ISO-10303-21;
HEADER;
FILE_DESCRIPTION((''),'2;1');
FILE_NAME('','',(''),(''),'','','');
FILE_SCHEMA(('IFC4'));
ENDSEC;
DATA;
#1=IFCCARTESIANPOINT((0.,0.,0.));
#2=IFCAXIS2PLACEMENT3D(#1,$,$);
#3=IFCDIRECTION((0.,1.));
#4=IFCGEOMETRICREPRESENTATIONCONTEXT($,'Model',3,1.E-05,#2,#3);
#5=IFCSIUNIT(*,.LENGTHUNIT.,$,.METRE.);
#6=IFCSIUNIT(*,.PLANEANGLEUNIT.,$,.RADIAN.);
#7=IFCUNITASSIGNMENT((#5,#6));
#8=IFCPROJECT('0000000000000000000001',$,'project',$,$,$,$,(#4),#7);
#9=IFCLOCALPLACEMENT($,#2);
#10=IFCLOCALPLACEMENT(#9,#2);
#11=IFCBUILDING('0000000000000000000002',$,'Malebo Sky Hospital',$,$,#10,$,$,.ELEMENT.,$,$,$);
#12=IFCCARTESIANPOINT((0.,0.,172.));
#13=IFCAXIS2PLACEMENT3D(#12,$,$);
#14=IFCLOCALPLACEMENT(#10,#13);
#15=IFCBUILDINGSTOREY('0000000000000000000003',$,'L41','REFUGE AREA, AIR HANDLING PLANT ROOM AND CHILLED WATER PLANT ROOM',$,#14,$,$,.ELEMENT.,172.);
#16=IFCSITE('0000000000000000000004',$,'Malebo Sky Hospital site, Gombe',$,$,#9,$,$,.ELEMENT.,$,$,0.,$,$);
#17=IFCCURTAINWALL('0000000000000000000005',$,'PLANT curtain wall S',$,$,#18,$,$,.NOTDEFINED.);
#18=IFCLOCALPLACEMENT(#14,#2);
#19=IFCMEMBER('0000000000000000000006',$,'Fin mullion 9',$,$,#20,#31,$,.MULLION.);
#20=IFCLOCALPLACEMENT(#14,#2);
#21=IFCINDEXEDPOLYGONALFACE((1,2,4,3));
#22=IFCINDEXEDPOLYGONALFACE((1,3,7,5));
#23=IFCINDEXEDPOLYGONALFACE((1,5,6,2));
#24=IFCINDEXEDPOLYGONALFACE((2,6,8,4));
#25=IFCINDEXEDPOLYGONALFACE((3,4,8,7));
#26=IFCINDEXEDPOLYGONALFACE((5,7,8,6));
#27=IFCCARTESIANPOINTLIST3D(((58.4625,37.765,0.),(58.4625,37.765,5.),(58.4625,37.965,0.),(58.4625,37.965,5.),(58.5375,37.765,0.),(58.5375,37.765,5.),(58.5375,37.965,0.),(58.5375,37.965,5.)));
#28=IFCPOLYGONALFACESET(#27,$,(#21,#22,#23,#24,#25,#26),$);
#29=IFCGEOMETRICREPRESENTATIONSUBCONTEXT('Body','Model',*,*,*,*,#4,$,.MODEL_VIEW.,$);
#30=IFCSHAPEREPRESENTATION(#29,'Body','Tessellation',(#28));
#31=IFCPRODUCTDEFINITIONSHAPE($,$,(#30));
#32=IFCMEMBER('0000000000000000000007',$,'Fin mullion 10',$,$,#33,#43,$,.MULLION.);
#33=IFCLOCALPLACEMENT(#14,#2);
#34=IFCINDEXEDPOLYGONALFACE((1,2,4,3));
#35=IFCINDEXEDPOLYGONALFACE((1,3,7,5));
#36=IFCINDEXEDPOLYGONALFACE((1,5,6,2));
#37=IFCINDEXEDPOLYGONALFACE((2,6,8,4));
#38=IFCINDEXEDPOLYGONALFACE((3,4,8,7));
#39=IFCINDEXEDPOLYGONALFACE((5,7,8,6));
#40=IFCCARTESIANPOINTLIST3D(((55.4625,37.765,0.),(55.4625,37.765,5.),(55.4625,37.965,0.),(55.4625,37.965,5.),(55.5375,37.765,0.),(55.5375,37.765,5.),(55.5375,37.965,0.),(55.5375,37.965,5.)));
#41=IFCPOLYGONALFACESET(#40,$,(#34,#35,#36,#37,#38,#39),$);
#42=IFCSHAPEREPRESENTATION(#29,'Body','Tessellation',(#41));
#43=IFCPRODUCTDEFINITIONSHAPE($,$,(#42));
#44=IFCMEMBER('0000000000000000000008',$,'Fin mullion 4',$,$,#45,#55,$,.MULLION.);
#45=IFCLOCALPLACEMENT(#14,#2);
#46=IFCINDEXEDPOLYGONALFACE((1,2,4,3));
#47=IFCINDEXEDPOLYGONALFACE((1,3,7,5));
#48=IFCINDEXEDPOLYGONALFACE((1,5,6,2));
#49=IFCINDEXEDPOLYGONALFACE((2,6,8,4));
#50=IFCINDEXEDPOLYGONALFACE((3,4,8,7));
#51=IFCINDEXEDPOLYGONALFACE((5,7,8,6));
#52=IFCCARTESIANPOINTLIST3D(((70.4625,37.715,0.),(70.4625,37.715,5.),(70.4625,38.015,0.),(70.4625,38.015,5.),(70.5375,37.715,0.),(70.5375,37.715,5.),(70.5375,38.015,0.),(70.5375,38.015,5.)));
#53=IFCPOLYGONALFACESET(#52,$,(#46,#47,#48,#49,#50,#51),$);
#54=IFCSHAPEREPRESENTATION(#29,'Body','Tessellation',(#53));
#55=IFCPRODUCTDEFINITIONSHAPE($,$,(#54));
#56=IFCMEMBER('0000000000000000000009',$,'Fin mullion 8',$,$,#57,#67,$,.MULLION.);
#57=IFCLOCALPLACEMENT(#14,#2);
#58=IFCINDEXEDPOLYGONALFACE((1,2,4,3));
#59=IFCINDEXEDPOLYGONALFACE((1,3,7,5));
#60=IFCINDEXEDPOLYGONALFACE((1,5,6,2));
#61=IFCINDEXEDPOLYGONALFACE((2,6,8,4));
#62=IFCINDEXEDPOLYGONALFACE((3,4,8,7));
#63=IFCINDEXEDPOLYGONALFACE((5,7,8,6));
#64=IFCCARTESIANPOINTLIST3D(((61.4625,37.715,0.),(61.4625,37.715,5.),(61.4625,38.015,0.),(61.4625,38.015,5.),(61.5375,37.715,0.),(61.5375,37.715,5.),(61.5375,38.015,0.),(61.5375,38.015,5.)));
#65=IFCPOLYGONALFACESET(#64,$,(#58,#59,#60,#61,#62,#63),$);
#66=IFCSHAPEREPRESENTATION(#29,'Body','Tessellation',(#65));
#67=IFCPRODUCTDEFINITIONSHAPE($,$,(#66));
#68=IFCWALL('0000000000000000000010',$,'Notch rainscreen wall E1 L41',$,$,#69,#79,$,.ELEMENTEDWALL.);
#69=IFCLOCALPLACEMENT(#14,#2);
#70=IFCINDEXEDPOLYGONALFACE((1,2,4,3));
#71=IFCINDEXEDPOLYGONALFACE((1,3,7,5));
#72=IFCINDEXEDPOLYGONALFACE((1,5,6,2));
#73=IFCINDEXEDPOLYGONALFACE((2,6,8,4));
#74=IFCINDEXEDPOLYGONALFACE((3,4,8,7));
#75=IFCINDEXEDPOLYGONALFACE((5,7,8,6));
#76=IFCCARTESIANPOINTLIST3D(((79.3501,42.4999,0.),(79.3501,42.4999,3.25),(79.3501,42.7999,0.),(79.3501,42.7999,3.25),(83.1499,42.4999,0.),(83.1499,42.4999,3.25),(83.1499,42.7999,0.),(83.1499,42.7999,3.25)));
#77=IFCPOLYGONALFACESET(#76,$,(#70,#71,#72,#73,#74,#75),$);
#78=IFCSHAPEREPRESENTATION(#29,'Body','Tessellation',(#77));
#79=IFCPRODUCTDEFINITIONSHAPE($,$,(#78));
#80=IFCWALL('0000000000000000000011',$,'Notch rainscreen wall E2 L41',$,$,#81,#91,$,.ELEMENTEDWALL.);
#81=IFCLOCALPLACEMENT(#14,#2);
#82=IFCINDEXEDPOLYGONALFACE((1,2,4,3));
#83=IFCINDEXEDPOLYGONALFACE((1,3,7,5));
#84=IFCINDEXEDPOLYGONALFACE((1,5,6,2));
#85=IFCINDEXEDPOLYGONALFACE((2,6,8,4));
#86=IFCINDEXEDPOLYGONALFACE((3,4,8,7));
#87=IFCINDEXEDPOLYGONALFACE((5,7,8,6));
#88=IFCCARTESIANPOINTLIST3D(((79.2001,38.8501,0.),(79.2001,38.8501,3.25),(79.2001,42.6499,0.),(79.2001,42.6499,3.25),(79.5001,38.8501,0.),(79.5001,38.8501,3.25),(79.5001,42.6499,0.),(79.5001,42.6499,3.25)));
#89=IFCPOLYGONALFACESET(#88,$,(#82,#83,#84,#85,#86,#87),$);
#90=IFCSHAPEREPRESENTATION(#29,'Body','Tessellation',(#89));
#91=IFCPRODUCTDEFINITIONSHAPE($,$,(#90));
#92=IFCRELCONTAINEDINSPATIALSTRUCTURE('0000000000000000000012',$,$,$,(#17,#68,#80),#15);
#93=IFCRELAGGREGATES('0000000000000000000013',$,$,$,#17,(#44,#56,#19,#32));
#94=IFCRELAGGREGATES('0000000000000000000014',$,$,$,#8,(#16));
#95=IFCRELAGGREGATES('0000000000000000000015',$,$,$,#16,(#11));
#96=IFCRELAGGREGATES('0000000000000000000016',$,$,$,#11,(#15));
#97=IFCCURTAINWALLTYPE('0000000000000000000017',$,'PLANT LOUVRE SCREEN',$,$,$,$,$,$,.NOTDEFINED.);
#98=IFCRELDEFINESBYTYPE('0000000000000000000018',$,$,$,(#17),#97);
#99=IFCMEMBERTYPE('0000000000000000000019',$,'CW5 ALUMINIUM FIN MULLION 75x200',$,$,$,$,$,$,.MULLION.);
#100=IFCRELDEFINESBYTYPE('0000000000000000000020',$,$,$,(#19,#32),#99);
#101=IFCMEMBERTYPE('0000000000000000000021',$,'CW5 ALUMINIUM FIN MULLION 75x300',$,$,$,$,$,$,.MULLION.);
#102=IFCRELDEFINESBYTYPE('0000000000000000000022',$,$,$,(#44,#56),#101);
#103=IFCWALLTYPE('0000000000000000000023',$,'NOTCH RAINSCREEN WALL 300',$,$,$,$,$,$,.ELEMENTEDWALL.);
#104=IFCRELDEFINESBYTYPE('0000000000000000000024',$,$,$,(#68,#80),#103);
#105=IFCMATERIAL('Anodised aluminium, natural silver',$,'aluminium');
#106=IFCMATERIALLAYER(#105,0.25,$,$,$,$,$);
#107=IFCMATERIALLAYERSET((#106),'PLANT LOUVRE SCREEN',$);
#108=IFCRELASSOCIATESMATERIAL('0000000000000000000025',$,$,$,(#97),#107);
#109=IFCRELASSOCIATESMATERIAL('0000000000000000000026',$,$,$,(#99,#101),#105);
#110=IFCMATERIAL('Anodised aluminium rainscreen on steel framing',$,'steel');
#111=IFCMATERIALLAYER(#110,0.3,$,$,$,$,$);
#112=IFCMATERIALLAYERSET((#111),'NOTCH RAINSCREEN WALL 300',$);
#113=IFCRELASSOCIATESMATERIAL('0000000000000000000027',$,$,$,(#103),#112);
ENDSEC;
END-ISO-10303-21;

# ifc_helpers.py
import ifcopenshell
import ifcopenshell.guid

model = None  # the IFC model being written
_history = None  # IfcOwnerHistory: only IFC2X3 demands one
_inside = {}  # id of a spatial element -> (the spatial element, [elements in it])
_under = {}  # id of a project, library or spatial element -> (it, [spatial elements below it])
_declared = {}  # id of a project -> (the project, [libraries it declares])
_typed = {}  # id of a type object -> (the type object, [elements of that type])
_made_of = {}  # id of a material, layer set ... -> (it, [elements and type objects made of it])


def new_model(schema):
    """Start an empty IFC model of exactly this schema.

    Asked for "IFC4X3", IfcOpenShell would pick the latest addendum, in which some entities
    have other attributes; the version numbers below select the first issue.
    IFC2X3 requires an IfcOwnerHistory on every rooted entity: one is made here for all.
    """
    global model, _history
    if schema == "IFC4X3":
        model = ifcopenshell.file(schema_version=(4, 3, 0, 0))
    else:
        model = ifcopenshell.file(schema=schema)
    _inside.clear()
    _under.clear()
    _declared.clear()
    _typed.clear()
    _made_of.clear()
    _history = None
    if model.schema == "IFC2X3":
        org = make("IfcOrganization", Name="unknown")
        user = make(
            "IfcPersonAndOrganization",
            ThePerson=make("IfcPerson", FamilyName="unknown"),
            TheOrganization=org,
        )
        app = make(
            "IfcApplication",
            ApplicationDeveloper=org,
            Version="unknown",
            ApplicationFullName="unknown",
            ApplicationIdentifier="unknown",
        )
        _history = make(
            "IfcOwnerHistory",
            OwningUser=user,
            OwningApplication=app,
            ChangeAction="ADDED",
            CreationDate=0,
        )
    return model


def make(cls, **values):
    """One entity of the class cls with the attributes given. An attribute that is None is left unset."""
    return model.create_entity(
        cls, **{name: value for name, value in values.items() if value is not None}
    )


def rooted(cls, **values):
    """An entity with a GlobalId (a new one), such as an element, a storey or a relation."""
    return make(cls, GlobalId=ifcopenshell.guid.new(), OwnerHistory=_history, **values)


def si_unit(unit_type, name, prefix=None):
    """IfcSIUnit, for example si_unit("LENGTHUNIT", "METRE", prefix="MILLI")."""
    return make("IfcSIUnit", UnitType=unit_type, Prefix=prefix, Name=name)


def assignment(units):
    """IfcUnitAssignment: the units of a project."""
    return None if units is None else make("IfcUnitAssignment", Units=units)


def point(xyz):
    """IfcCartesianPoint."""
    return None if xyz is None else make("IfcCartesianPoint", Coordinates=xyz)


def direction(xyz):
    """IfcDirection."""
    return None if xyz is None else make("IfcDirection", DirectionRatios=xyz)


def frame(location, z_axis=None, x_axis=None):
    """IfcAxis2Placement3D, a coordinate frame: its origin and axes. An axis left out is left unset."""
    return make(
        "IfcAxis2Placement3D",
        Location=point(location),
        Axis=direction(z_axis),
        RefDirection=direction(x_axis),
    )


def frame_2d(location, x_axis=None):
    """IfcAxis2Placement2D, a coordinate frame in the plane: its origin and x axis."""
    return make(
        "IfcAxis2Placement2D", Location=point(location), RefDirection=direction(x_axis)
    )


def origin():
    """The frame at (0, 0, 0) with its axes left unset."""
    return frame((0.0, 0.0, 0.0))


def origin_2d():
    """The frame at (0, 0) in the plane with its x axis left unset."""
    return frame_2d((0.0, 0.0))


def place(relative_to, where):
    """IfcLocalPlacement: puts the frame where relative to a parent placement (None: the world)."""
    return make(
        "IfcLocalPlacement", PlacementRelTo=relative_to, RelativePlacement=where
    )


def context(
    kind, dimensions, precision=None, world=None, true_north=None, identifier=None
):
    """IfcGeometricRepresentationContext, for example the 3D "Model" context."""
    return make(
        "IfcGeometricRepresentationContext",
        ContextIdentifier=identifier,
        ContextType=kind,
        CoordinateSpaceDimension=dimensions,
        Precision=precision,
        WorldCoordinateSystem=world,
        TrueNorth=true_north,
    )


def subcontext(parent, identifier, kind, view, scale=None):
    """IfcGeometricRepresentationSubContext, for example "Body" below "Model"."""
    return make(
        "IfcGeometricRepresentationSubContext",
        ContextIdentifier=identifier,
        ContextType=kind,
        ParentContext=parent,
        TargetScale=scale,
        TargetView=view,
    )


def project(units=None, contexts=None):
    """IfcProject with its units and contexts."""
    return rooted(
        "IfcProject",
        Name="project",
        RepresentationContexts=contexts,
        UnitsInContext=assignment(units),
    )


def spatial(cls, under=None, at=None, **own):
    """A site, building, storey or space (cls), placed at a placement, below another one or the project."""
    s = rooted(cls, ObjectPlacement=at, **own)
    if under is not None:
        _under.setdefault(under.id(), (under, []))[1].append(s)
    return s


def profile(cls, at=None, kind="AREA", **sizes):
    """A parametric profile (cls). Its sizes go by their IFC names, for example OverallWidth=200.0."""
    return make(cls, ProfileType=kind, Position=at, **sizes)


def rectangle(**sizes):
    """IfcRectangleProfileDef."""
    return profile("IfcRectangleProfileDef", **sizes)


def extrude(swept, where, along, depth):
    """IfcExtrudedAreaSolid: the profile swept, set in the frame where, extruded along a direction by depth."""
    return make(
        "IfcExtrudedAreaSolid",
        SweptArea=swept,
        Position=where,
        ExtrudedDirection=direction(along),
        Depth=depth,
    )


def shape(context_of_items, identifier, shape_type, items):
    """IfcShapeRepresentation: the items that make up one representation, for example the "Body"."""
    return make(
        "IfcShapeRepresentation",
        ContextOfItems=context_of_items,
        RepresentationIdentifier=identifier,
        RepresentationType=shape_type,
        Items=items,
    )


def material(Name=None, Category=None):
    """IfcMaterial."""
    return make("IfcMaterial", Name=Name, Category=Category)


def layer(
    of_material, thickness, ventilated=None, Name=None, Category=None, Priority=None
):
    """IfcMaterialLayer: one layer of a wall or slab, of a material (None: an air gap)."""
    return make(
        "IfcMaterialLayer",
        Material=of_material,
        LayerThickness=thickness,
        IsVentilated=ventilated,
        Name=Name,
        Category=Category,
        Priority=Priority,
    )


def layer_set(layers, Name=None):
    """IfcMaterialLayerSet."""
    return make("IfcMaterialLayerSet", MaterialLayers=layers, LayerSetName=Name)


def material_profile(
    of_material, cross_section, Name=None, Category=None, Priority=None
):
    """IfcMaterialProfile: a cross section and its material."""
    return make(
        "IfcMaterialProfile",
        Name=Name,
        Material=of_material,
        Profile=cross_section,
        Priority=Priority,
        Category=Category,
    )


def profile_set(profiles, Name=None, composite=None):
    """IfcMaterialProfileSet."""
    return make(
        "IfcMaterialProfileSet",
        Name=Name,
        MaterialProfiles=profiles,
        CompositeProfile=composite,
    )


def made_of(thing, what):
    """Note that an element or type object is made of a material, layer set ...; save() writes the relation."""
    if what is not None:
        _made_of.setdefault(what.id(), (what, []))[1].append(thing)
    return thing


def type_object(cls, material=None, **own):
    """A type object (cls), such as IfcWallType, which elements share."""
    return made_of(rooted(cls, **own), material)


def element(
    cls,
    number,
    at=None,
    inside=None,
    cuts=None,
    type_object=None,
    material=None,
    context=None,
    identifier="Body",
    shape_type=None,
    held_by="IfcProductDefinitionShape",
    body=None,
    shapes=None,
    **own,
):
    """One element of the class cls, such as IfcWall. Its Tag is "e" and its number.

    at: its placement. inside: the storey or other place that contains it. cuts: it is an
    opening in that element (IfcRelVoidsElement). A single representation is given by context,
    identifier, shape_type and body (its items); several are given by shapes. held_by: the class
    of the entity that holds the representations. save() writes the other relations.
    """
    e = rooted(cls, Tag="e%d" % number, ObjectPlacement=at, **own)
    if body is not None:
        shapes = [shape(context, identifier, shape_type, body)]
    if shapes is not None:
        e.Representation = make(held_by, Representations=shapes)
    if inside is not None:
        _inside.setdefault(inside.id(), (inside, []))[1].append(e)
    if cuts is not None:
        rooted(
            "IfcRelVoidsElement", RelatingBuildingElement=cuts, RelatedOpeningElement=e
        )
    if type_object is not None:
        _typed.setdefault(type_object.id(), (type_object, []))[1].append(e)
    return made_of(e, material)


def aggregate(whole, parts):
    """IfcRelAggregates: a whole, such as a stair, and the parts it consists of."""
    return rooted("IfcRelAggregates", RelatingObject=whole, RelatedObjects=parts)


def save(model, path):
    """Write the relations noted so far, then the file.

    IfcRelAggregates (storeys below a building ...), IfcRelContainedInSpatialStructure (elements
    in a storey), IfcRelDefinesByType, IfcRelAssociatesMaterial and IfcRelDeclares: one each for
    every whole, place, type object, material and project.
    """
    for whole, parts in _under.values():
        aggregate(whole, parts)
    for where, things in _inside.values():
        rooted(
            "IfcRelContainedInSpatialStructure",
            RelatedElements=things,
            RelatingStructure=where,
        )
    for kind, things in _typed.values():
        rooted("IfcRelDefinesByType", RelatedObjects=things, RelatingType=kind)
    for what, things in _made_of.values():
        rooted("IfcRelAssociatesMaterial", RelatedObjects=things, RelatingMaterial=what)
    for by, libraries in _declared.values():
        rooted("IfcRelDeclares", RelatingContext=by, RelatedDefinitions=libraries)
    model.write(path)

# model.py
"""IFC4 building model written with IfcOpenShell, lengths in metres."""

from ifc_helpers import new_model, si_unit, direction, frame, frame_2d, origin, origin_2d, place, context, subcontext, project, spatial, rectangle, extrude, material, layer, layer_set, material_profile, profile_set, type_object, element, aggregate, save


model = new_model("IFC4")

# Units and contexts
model_context = context("Model", 3, precision=1e-05, world=origin(), true_north=direction((0.0, 1.0)))
body_context = subcontext(model_context, "Body", "Model", "MODEL_VIEW")
ifc_project = project(units=[si_unit("LENGTHUNIT", "METRE"), si_unit("PLANEANGLEUNIT", "RADIAN")], contexts=[model_context])

# Site, building, storey
site_placement = place(None, origin())
site = spatial("IfcSite", under=ifc_project, at=site_placement, Name="Malebo Sky Hospital site, Gombe", CompositionType="ELEMENT", RefElevation=0.0)
building_placement = place(site_placement, origin())
building = spatial("IfcBuilding", under=site, at=building_placement, Name="Malebo Sky Hospital", CompositionType="ELEMENT")
storey_placement = place(building_placement, frame((0.0, 0.0, 172.0)))
storey = spatial("IfcBuildingStorey", under=building, at=storey_placement, Name="L41", Description="REFUGE AREA, AIR HANDLING PLANT ROOM AND CHILLED WATER PLANT ROOM", CompositionType="ELEMENT", Elevation=172.0)

# Curtain wall, members
ifc_material_1 = material(Name="Anodised aluminium, natural silver", Category="aluminium")
ifc_layer_1 = layer(ifc_material_1, 0.25)
ifc_layer_set_1 = layer_set([ifc_layer_1], Name="PLANT LOUVRE SCREEN")
curtain_wall_type = type_object("IfcCurtainWallType", Name="PLANT LOUVRE SCREEN", PredefinedType="NOTDEFINED", material=ifc_layer_set_1)
curtain_wall_placement = place(storey_placement, origin())
curtain_wall = element("IfcCurtainWall", 1, at=curtain_wall_placement, inside=storey, type_object=curtain_wall_type, Name="PLANT curtain wall S", PredefinedType="NOTDEFINED")
ifc_material_profile_1 = material_profile(ifc_material_1, rectangle(XDim=0.075, YDim=0.2, at=origin_2d()), Name="CW5 ALUMINIUM FIN MULLION 75x200")
ifc_profile_set_1 = profile_set([ifc_material_profile_1], Name="Anodised aluminium, natural silver")
member_type_1 = type_object("IfcMemberType", Name="CW5 ALUMINIUM FIN MULLION 75x200", PredefinedType="MULLION", material=ifc_profile_set_1)
member_1_placement = place(storey_placement, frame((58.5, 37.865, 0.0), z_axis=(0.0, 0.0, 1.0), x_axis=(-1.0, 0.0, 0.0)))
member_1 = element("IfcMember", 2, at=member_1_placement, type_object=member_type_1, Name="Fin mullion 9", PredefinedType="MULLION", context=body_context, shape_type="SweptSolid", body=[
    extrude(rectangle(XDim=0.075, YDim=0.2, at=origin_2d()), origin(), (0.0, 0.0, 1.0), 5.0),
])
member_2_placement = place(storey_placement, frame((55.5, 37.865, 0.0), z_axis=(0.0, 0.0, 1.0), x_axis=(-1.0, 0.0, 0.0)))
member_2 = element("IfcMember", 3, at=member_2_placement, type_object=member_type_1, Name="Fin mullion 10", PredefinedType="MULLION", context=body_context, shape_type="SweptSolid", body=[
    extrude(rectangle(XDim=0.075, YDim=0.2, at=origin_2d()), origin(), (0.0, 0.0, 1.0), 5.0),
])
ifc_material_profile_2 = material_profile(ifc_material_1, rectangle(XDim=0.075, YDim=0.3, at=origin_2d()), Name="CW5 ALUMINIUM FIN MULLION 75x300")
ifc_profile_set_2 = profile_set([ifc_material_profile_2], Name="Anodised aluminium, natural silver")
member_type_2 = type_object("IfcMemberType", Name="CW5 ALUMINIUM FIN MULLION 75x300", PredefinedType="MULLION", material=ifc_profile_set_2)
member_3_placement = place(storey_placement, frame((70.5, 37.865, 0.0), z_axis=(0.0, 0.0, 1.0), x_axis=(-1.0, 0.0, 0.0)))
member_3 = element("IfcMember", 4, at=member_3_placement, type_object=member_type_2, Name="Fin mullion 4", PredefinedType="MULLION", context=body_context, shape_type="SweptSolid", body=[
    extrude(rectangle(XDim=0.075, YDim=0.3, at=origin_2d()), origin(), (0.0, 0.0, 1.0), 5.0),
])
member_4_placement = place(storey_placement, frame((61.5, 37.865, 0.0), z_axis=(0.0, 0.0, 1.0), x_axis=(-1.0, 0.0, 0.0)))
member_4 = element("IfcMember", 5, at=member_4_placement, type_object=member_type_2, Name="Fin mullion 8", PredefinedType="MULLION", context=body_context, shape_type="SweptSolid", body=[
    extrude(rectangle(XDim=0.075, YDim=0.3, at=origin_2d()), origin(), (0.0, 0.0, 1.0), 5.0),
])
aggregate(curtain_wall, [member_3, member_4, member_1, member_2])

# Walls
ifc_material_2 = material(Name="Anodised aluminium rainscreen on steel framing", Category="steel")
ifc_layer_2 = layer(ifc_material_2, 0.3)
ifc_layer_set_2 = layer_set([ifc_layer_2], Name="NOTCH RAINSCREEN WALL 300")
wall_type = type_object("IfcWallType", Name="NOTCH RAINSCREEN WALL 300", PredefinedType="ELEMENTEDWALL", material=ifc_layer_set_2)
for number, where, z_axis, x_axis, name in (
    (6, (83.1499, 42.6499, 0.0), (0.0, 0.0, 1.0), (-1.0, 0.0, 0.0), "Notch rainscreen wall E1 L41"),
    (7, (79.3501, 42.6499, 0.0), (0.0, 0.0, 1.0), (0.0, -1.0, 0.0), "Notch rainscreen wall E2 L41"),
):
    element("IfcWall", number, at=place(storey_placement, frame(where, z_axis=z_axis, x_axis=x_axis)), inside=storey, type_object=wall_type, Name=name, PredefinedType="ELEMENTEDWALL", context=body_context, shape_type="SweptSolid", body=[
        extrude(rectangle(XDim=3.7998, YDim=0.3, at=frame_2d((1.8999, 0.0))), origin(), (0.0, 0.0, 1.0), 3.25),
    ])

save(model, "model.ifc")
